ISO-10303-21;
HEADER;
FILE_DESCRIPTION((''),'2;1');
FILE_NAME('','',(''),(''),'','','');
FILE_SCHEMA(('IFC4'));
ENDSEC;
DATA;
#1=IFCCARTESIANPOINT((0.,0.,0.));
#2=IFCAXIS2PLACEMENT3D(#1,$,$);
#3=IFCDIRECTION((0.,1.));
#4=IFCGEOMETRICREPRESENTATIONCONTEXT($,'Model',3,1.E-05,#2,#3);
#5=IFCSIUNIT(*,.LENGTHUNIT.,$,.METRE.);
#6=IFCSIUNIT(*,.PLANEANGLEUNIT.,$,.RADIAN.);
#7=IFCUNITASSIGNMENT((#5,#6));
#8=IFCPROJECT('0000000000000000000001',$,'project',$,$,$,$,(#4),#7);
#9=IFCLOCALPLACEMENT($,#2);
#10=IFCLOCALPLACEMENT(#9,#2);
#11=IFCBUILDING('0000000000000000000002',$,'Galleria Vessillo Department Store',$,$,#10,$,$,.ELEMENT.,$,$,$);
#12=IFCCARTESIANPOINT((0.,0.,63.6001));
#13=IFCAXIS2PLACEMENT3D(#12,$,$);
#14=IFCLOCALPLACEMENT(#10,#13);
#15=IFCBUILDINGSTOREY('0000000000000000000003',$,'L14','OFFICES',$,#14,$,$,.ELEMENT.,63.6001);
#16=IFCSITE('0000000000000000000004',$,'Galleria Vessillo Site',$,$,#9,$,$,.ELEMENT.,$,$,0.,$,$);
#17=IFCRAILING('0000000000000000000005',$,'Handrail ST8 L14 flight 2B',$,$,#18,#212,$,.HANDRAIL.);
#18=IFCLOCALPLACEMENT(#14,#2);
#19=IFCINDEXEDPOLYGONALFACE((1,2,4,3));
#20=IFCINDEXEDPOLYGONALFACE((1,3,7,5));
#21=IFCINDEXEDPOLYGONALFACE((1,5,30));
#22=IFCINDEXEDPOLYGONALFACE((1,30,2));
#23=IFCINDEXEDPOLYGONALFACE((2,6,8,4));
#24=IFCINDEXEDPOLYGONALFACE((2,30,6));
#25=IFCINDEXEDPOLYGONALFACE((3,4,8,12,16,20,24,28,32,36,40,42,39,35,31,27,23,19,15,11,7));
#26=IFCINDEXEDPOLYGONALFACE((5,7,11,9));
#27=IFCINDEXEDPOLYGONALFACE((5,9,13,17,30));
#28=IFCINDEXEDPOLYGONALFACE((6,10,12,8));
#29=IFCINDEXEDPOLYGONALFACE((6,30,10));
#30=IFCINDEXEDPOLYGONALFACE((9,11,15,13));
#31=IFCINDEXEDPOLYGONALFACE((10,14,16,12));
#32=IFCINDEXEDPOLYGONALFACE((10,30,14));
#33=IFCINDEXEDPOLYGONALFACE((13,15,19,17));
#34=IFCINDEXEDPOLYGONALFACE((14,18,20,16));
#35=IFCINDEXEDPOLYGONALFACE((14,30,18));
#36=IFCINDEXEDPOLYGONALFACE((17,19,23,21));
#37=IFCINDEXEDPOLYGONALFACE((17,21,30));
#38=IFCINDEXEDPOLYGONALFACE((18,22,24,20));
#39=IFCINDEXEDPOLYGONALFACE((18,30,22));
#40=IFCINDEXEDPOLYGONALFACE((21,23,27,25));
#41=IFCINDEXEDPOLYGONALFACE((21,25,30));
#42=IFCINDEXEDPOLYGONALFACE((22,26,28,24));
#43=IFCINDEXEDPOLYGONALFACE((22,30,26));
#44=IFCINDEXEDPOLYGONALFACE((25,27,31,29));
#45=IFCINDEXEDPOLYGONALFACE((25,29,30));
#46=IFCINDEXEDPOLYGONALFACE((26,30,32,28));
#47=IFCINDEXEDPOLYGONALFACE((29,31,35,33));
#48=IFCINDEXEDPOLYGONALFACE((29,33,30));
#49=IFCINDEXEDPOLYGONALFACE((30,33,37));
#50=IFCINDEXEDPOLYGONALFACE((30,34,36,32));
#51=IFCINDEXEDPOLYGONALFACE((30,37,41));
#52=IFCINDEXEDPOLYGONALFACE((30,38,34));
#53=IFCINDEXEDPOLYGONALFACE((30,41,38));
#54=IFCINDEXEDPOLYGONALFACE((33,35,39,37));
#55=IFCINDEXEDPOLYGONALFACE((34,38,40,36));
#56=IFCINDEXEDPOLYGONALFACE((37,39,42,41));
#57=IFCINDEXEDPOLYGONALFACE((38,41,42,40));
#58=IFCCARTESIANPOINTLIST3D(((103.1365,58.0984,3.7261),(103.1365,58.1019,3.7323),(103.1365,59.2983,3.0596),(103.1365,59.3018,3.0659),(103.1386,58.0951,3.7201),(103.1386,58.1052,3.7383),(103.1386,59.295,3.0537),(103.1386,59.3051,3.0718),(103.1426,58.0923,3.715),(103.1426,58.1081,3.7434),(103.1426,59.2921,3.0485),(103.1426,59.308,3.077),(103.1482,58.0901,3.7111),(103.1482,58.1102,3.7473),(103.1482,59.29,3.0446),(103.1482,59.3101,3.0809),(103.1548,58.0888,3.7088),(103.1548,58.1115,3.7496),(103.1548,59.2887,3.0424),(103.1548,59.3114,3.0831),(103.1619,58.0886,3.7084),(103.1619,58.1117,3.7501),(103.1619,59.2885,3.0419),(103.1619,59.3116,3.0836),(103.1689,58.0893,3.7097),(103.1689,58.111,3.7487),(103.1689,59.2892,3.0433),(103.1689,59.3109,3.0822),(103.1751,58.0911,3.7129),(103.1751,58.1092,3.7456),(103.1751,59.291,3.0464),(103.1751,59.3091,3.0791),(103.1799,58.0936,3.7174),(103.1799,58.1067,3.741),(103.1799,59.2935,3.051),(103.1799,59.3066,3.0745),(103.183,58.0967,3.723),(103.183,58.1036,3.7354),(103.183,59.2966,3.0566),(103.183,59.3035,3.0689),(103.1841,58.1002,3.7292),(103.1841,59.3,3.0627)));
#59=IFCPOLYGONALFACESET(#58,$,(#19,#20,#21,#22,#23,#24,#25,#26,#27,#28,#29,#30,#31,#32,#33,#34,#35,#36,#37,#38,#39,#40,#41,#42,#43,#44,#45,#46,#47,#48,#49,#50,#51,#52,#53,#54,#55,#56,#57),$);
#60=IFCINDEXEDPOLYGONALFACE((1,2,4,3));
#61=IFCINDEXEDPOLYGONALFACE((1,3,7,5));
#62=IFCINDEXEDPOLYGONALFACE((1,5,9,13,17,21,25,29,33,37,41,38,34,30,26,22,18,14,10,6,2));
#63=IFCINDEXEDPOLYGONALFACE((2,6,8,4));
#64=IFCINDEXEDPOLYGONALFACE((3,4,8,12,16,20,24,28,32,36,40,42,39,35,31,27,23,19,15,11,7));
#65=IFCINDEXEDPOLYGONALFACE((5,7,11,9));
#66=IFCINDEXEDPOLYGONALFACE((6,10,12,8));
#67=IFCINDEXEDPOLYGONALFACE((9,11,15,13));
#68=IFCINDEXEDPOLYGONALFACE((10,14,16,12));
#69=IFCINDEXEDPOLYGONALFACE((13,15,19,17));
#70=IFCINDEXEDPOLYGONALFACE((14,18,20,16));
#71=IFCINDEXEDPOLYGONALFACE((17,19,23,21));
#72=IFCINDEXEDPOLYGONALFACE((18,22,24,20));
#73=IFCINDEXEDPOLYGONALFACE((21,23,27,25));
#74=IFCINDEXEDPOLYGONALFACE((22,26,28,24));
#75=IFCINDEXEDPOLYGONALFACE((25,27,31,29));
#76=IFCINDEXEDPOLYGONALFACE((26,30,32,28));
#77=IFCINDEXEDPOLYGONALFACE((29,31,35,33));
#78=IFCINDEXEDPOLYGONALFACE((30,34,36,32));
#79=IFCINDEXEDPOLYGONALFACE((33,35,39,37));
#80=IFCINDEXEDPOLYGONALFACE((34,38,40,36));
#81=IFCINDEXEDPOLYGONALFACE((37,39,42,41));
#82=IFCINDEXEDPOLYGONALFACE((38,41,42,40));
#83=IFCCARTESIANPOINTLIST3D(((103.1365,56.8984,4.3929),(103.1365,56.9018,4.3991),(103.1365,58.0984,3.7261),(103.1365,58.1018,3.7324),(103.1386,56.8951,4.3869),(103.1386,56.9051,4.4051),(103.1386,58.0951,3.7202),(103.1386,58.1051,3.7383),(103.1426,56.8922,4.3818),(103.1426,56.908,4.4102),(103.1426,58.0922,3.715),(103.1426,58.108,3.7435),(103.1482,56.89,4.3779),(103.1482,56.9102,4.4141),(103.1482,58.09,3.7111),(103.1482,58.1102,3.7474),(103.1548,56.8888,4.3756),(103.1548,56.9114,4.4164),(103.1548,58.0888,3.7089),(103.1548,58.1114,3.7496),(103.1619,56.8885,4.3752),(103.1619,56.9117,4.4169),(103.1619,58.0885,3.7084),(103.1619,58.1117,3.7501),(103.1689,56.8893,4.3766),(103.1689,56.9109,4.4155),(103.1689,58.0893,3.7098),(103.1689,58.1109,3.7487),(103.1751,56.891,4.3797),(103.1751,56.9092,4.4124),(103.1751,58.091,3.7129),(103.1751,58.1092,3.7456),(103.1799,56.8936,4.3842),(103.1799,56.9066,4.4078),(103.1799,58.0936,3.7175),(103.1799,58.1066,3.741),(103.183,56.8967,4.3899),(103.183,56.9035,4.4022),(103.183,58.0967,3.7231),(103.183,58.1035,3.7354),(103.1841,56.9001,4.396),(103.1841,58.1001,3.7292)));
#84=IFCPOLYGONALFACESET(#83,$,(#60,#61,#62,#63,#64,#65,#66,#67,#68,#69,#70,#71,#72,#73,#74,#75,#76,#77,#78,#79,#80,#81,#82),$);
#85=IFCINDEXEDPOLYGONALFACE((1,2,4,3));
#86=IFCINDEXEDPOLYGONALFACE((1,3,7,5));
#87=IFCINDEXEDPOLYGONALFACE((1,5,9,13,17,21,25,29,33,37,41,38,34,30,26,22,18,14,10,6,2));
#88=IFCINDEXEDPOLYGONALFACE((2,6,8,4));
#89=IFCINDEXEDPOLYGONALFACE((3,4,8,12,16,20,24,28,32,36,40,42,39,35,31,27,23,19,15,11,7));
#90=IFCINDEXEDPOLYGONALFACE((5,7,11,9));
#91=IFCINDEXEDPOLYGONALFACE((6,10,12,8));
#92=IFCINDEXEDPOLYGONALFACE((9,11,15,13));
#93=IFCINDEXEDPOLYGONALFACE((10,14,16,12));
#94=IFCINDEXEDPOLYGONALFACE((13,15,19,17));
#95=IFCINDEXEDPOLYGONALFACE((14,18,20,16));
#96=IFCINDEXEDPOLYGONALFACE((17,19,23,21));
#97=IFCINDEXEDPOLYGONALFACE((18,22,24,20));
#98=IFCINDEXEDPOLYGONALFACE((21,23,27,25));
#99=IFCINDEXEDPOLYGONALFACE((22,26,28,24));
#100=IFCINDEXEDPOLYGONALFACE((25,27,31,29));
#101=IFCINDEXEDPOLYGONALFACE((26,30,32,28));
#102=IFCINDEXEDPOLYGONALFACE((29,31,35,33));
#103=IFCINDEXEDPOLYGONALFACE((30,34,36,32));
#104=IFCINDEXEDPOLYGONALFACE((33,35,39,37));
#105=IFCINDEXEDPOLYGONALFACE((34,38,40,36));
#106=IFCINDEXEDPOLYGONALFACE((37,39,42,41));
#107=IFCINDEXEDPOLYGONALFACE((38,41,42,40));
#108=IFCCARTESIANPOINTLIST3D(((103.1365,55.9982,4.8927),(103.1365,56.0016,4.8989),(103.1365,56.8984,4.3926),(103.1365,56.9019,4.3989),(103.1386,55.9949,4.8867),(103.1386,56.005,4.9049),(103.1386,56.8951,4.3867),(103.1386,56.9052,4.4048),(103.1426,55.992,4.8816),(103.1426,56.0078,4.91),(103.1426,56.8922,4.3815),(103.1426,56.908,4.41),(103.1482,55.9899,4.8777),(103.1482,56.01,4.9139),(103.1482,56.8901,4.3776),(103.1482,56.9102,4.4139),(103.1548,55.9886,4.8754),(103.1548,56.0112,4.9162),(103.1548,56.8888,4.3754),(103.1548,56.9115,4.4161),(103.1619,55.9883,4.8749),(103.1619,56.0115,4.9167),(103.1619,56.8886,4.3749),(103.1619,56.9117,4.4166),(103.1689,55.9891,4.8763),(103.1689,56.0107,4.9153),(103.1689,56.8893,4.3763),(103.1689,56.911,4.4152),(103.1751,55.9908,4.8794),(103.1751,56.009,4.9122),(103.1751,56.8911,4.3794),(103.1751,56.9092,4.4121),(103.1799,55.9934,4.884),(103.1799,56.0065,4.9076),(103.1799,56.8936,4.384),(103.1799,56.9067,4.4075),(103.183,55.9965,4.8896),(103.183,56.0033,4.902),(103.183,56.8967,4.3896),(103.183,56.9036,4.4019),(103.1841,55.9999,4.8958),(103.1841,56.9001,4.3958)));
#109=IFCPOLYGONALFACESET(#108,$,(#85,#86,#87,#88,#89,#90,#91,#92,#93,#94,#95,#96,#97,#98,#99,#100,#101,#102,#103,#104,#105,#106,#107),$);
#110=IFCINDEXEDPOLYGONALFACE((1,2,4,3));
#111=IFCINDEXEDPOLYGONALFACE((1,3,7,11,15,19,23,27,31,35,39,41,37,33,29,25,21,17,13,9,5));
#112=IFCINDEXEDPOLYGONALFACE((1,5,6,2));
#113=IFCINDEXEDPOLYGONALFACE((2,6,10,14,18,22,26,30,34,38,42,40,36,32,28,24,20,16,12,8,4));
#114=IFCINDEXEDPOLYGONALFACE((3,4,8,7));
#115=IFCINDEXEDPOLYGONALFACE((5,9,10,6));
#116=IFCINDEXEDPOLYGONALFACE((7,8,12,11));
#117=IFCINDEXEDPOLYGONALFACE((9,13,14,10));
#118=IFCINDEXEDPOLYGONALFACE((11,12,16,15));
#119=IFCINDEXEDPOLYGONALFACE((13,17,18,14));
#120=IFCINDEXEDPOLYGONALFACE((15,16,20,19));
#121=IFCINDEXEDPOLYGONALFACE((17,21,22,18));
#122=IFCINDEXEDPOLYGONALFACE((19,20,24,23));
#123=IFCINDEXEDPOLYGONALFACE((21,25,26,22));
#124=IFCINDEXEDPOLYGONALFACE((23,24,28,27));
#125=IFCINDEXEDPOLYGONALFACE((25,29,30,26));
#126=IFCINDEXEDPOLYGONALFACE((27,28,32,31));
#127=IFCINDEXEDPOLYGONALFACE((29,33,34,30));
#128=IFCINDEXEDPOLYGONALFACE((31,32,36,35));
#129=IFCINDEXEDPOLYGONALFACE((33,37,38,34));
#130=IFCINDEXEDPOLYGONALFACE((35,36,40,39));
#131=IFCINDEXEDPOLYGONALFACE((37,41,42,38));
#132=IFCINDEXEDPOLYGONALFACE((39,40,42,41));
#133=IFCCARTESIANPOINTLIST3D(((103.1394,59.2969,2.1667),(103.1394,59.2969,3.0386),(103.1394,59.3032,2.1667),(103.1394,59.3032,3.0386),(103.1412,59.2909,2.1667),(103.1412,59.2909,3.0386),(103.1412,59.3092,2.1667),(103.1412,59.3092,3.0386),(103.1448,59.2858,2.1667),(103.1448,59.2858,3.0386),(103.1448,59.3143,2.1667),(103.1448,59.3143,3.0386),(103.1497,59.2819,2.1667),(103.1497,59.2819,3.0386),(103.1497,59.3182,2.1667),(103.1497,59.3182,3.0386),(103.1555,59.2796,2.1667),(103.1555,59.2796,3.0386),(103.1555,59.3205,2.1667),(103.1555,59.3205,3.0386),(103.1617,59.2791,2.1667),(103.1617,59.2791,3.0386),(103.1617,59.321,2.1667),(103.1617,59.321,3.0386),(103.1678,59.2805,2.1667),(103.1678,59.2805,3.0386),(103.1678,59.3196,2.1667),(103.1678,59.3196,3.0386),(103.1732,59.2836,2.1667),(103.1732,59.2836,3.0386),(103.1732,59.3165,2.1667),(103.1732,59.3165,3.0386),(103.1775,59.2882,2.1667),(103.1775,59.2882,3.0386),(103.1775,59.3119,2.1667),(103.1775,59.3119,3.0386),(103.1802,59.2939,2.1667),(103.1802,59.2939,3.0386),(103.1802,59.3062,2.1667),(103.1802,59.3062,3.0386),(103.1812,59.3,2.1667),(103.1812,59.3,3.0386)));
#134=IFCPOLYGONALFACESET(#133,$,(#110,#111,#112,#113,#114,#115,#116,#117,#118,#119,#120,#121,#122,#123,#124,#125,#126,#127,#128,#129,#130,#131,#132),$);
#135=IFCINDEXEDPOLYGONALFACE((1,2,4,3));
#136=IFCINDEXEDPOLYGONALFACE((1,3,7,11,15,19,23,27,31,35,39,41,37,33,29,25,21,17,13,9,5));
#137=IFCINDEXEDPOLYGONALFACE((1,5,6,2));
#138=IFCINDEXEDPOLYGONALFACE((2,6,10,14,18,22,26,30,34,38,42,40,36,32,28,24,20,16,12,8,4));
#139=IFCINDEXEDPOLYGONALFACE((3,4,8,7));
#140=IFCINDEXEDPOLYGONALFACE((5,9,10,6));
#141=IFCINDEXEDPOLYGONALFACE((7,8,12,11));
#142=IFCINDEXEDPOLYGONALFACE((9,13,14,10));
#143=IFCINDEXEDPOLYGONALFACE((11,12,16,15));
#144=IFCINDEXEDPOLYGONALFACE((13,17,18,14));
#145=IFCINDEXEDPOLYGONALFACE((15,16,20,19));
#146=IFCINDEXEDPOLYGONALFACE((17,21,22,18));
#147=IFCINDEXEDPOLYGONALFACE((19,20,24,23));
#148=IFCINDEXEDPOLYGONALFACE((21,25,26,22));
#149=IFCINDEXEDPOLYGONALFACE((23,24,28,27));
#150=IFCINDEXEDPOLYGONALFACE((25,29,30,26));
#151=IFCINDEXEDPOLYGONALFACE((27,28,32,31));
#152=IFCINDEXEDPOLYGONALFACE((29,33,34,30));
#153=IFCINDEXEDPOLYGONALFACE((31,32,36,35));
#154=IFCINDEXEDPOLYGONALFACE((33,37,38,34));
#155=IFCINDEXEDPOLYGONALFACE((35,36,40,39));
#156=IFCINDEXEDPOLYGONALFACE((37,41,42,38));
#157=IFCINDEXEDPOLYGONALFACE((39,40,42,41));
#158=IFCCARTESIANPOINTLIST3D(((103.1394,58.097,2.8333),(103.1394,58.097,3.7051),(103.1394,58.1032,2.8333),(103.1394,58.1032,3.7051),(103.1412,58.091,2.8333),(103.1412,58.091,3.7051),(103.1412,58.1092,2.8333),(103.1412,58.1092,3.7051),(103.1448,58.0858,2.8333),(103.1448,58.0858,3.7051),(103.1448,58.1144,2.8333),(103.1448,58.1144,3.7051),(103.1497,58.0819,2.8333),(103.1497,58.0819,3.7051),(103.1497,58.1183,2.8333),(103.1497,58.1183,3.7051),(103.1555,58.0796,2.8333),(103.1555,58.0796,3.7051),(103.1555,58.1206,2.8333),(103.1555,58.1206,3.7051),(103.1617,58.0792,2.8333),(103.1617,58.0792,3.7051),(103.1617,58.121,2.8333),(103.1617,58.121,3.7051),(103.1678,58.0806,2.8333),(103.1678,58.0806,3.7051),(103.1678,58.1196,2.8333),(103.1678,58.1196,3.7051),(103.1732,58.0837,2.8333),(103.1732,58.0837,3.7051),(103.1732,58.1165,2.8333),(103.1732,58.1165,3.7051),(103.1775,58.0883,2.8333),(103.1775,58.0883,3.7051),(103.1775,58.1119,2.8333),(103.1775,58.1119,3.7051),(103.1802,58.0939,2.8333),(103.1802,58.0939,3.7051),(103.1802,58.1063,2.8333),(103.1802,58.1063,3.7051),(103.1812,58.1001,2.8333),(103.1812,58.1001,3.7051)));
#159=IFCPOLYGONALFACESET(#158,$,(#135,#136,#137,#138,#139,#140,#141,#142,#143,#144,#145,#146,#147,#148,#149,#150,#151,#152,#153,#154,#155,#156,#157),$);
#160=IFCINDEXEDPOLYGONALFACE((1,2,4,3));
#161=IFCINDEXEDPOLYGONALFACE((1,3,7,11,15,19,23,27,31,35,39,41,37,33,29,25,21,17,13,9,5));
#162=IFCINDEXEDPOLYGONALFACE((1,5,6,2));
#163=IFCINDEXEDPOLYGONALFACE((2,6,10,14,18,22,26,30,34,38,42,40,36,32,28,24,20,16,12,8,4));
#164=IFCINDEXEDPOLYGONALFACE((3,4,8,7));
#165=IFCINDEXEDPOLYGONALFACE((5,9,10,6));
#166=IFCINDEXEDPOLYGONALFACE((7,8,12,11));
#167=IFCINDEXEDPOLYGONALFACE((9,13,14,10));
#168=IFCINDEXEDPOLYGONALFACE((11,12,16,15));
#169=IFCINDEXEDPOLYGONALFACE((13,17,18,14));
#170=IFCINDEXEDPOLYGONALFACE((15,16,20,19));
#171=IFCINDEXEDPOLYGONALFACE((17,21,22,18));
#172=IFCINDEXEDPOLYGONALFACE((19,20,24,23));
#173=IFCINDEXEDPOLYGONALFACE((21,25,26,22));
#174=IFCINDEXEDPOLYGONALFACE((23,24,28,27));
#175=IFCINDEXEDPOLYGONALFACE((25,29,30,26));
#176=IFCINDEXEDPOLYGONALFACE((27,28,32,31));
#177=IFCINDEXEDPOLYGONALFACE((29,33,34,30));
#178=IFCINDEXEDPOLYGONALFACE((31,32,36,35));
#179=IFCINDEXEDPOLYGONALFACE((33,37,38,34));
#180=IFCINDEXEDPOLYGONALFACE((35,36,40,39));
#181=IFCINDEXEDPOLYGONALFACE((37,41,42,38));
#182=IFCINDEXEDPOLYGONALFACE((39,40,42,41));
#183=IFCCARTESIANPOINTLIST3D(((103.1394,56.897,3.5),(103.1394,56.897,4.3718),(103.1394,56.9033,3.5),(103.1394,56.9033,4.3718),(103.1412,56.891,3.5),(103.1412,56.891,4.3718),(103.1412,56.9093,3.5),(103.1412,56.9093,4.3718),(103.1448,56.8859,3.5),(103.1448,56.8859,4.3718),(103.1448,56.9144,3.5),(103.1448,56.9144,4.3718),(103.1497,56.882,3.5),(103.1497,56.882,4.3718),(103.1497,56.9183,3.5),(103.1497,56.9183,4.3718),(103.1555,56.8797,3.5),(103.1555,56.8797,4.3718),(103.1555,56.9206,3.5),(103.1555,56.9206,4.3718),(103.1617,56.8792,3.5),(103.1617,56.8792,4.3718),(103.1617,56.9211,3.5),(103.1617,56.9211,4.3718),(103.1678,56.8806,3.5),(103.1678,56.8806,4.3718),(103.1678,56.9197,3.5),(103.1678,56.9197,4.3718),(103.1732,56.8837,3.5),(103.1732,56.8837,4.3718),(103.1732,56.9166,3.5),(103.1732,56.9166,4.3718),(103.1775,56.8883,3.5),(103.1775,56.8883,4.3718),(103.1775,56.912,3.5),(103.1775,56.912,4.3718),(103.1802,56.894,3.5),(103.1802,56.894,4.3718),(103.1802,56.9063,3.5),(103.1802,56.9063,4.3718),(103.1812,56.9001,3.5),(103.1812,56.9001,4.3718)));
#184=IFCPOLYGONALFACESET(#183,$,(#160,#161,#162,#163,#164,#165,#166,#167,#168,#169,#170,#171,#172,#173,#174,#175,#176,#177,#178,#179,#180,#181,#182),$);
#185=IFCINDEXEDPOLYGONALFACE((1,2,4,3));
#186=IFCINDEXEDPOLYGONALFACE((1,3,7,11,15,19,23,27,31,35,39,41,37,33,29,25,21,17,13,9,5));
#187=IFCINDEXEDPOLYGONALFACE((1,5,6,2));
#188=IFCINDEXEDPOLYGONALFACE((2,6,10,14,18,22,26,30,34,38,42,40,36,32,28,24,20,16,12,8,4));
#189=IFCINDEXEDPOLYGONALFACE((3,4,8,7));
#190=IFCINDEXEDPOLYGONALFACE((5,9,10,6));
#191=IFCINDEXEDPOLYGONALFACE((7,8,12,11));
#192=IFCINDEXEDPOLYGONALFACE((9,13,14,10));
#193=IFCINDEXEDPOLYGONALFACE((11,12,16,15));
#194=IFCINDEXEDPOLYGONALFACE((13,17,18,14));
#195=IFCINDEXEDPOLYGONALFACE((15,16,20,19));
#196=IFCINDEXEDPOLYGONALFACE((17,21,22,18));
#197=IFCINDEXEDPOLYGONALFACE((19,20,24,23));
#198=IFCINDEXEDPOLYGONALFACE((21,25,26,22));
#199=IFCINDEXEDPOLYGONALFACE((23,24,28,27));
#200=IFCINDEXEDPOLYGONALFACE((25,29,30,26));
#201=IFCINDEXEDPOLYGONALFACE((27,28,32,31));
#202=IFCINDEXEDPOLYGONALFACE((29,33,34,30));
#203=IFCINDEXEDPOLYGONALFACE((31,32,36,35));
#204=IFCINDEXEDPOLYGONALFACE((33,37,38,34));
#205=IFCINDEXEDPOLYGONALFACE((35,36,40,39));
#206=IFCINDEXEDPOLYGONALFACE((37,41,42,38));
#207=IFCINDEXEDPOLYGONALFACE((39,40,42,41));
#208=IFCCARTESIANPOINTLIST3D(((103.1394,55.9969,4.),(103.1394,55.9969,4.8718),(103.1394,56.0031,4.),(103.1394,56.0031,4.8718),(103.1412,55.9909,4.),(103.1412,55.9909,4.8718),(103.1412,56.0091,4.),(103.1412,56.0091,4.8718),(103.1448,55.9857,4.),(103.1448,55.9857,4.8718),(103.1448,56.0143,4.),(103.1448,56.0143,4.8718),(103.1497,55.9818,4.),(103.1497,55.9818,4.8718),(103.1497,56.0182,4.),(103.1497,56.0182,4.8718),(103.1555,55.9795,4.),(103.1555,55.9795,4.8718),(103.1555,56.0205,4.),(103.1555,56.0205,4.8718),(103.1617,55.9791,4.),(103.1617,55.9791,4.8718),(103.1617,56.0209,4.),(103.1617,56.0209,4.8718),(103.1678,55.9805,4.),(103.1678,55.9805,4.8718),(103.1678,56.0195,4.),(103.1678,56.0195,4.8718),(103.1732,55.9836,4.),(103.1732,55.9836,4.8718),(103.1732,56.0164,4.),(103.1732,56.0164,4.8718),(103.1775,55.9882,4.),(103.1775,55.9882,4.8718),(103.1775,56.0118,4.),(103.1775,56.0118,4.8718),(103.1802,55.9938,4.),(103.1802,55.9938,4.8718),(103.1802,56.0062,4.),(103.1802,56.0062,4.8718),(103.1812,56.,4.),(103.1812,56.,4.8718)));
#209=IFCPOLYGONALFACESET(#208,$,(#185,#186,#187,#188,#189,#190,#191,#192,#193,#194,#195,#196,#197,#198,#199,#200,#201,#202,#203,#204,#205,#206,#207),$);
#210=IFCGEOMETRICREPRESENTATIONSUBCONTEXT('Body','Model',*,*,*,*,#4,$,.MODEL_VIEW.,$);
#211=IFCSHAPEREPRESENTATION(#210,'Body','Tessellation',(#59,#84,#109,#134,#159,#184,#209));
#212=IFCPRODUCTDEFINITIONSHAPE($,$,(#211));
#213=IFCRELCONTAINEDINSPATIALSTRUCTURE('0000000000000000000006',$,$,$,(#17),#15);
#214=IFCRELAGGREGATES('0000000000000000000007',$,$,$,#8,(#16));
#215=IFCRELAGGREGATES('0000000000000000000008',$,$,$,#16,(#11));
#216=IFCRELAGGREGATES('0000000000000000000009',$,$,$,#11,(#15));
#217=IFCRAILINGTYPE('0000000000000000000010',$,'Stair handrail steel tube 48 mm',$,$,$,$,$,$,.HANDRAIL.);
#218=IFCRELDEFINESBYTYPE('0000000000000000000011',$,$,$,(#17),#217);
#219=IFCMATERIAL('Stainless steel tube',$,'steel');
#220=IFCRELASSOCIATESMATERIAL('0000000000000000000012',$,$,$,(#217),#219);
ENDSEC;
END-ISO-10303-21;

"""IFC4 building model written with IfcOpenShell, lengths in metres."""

from ifc_helpers import new_model, si_unit, direction, frame, origin, origin_2d, place, context, subcontext, project, spatial, circle, extrude, material, type_object, element, save


model = new_model("IFC4")

# Units and contexts
model_context = context("Model", 3, precision=1e-05, world=origin(), true_north=direction((0.0, 1.0)))
body_context = subcontext(model_context, "Body", "Model", "MODEL_VIEW")
ifc_project = project(units=[si_unit("LENGTHUNIT", "METRE"), si_unit("PLANEANGLEUNIT", "RADIAN")], contexts=[model_context])

# Site, building, storey
site_placement = place(None, origin())
site = spatial("IfcSite", under=ifc_project, at=site_placement, Name="Galleria Vessillo Site", CompositionType="ELEMENT", RefElevation=0.0)
building_placement = place(site_placement, origin())
building = spatial("IfcBuilding", under=site, at=building_placement, Name="Galleria Vessillo Department Store", CompositionType="ELEMENT")
storey_placement = place(building_placement, frame((0.0, 0.0, 63.6001)))
storey = spatial("IfcBuildingStorey", under=building, at=storey_placement, Name="L14", Description="OFFICES", CompositionType="ELEMENT", Elevation=63.6001)

# Railing
ifc_material_1 = material(Name="Stainless steel tube", Category="steel")
railing_type = type_object("IfcRailingType", Name="Stair handrail steel tube 48 mm", PredefinedType="HANDRAIL", material=ifc_material_1)
for number, where, name in (
    (1, (103.1602, 59.3, 2.1667), "Handrail ST8 L14 flight 2B"),
):
    element("IfcRailing", number, at=place(storey_placement, frame(where)), inside=storey, type_object=railing_type, Name=name, PredefinedType="HANDRAIL", context=body_context, shape_type="SweptSolid", body=[
        extrude(circle(Radius=0.0239, at=origin_2d()), frame((0.0, 0.0, 0.896), z_axis=(0.0, -0.874199, 0.485567), x_axis=(1.0, 0.0, 0.0)), (0.0, 0.0, 1.0), 1.3726),
        extrude(circle(Radius=0.0239, at=origin_2d()), frame((0.0, -1.2, 1.5625), z_axis=(0.0, -0.874124, 0.485703), x_axis=(1.0, 0.0, 0.0)), (0.0, 0.0, 1.0), 1.3728),
        extrude(circle(Radius=0.0239, at=origin_2d()), frame((0.0, -2.3999, 2.229), z_axis=(0.0, -0.874191, 0.485583), x_axis=(1.0, 0.0, 0.0)), (0.0, 0.0, 1.0), 1.0298),
        extrude(circle(Radius=0.021, at=origin_2d()), origin(), (0.0, 0.0, 1.0), 0.8718),
        extrude(circle(Radius=0.021, at=origin_2d()), frame((0.0, -1.2, 0.6665)), (0.0, 0.0, 1.0), 0.8718),
        extrude(circle(Radius=0.021, at=origin_2d()), frame((0.0, -2.3999, 1.3333)), (0.0, 0.0, 1.0), 0.8718),
        extrude(circle(Radius=0.021, at=origin_2d()), frame((0.0, -3.3, 1.8333)), (0.0, 0.0, 1.0), 0.8718),
    ])

save(model, "model.ifc")
